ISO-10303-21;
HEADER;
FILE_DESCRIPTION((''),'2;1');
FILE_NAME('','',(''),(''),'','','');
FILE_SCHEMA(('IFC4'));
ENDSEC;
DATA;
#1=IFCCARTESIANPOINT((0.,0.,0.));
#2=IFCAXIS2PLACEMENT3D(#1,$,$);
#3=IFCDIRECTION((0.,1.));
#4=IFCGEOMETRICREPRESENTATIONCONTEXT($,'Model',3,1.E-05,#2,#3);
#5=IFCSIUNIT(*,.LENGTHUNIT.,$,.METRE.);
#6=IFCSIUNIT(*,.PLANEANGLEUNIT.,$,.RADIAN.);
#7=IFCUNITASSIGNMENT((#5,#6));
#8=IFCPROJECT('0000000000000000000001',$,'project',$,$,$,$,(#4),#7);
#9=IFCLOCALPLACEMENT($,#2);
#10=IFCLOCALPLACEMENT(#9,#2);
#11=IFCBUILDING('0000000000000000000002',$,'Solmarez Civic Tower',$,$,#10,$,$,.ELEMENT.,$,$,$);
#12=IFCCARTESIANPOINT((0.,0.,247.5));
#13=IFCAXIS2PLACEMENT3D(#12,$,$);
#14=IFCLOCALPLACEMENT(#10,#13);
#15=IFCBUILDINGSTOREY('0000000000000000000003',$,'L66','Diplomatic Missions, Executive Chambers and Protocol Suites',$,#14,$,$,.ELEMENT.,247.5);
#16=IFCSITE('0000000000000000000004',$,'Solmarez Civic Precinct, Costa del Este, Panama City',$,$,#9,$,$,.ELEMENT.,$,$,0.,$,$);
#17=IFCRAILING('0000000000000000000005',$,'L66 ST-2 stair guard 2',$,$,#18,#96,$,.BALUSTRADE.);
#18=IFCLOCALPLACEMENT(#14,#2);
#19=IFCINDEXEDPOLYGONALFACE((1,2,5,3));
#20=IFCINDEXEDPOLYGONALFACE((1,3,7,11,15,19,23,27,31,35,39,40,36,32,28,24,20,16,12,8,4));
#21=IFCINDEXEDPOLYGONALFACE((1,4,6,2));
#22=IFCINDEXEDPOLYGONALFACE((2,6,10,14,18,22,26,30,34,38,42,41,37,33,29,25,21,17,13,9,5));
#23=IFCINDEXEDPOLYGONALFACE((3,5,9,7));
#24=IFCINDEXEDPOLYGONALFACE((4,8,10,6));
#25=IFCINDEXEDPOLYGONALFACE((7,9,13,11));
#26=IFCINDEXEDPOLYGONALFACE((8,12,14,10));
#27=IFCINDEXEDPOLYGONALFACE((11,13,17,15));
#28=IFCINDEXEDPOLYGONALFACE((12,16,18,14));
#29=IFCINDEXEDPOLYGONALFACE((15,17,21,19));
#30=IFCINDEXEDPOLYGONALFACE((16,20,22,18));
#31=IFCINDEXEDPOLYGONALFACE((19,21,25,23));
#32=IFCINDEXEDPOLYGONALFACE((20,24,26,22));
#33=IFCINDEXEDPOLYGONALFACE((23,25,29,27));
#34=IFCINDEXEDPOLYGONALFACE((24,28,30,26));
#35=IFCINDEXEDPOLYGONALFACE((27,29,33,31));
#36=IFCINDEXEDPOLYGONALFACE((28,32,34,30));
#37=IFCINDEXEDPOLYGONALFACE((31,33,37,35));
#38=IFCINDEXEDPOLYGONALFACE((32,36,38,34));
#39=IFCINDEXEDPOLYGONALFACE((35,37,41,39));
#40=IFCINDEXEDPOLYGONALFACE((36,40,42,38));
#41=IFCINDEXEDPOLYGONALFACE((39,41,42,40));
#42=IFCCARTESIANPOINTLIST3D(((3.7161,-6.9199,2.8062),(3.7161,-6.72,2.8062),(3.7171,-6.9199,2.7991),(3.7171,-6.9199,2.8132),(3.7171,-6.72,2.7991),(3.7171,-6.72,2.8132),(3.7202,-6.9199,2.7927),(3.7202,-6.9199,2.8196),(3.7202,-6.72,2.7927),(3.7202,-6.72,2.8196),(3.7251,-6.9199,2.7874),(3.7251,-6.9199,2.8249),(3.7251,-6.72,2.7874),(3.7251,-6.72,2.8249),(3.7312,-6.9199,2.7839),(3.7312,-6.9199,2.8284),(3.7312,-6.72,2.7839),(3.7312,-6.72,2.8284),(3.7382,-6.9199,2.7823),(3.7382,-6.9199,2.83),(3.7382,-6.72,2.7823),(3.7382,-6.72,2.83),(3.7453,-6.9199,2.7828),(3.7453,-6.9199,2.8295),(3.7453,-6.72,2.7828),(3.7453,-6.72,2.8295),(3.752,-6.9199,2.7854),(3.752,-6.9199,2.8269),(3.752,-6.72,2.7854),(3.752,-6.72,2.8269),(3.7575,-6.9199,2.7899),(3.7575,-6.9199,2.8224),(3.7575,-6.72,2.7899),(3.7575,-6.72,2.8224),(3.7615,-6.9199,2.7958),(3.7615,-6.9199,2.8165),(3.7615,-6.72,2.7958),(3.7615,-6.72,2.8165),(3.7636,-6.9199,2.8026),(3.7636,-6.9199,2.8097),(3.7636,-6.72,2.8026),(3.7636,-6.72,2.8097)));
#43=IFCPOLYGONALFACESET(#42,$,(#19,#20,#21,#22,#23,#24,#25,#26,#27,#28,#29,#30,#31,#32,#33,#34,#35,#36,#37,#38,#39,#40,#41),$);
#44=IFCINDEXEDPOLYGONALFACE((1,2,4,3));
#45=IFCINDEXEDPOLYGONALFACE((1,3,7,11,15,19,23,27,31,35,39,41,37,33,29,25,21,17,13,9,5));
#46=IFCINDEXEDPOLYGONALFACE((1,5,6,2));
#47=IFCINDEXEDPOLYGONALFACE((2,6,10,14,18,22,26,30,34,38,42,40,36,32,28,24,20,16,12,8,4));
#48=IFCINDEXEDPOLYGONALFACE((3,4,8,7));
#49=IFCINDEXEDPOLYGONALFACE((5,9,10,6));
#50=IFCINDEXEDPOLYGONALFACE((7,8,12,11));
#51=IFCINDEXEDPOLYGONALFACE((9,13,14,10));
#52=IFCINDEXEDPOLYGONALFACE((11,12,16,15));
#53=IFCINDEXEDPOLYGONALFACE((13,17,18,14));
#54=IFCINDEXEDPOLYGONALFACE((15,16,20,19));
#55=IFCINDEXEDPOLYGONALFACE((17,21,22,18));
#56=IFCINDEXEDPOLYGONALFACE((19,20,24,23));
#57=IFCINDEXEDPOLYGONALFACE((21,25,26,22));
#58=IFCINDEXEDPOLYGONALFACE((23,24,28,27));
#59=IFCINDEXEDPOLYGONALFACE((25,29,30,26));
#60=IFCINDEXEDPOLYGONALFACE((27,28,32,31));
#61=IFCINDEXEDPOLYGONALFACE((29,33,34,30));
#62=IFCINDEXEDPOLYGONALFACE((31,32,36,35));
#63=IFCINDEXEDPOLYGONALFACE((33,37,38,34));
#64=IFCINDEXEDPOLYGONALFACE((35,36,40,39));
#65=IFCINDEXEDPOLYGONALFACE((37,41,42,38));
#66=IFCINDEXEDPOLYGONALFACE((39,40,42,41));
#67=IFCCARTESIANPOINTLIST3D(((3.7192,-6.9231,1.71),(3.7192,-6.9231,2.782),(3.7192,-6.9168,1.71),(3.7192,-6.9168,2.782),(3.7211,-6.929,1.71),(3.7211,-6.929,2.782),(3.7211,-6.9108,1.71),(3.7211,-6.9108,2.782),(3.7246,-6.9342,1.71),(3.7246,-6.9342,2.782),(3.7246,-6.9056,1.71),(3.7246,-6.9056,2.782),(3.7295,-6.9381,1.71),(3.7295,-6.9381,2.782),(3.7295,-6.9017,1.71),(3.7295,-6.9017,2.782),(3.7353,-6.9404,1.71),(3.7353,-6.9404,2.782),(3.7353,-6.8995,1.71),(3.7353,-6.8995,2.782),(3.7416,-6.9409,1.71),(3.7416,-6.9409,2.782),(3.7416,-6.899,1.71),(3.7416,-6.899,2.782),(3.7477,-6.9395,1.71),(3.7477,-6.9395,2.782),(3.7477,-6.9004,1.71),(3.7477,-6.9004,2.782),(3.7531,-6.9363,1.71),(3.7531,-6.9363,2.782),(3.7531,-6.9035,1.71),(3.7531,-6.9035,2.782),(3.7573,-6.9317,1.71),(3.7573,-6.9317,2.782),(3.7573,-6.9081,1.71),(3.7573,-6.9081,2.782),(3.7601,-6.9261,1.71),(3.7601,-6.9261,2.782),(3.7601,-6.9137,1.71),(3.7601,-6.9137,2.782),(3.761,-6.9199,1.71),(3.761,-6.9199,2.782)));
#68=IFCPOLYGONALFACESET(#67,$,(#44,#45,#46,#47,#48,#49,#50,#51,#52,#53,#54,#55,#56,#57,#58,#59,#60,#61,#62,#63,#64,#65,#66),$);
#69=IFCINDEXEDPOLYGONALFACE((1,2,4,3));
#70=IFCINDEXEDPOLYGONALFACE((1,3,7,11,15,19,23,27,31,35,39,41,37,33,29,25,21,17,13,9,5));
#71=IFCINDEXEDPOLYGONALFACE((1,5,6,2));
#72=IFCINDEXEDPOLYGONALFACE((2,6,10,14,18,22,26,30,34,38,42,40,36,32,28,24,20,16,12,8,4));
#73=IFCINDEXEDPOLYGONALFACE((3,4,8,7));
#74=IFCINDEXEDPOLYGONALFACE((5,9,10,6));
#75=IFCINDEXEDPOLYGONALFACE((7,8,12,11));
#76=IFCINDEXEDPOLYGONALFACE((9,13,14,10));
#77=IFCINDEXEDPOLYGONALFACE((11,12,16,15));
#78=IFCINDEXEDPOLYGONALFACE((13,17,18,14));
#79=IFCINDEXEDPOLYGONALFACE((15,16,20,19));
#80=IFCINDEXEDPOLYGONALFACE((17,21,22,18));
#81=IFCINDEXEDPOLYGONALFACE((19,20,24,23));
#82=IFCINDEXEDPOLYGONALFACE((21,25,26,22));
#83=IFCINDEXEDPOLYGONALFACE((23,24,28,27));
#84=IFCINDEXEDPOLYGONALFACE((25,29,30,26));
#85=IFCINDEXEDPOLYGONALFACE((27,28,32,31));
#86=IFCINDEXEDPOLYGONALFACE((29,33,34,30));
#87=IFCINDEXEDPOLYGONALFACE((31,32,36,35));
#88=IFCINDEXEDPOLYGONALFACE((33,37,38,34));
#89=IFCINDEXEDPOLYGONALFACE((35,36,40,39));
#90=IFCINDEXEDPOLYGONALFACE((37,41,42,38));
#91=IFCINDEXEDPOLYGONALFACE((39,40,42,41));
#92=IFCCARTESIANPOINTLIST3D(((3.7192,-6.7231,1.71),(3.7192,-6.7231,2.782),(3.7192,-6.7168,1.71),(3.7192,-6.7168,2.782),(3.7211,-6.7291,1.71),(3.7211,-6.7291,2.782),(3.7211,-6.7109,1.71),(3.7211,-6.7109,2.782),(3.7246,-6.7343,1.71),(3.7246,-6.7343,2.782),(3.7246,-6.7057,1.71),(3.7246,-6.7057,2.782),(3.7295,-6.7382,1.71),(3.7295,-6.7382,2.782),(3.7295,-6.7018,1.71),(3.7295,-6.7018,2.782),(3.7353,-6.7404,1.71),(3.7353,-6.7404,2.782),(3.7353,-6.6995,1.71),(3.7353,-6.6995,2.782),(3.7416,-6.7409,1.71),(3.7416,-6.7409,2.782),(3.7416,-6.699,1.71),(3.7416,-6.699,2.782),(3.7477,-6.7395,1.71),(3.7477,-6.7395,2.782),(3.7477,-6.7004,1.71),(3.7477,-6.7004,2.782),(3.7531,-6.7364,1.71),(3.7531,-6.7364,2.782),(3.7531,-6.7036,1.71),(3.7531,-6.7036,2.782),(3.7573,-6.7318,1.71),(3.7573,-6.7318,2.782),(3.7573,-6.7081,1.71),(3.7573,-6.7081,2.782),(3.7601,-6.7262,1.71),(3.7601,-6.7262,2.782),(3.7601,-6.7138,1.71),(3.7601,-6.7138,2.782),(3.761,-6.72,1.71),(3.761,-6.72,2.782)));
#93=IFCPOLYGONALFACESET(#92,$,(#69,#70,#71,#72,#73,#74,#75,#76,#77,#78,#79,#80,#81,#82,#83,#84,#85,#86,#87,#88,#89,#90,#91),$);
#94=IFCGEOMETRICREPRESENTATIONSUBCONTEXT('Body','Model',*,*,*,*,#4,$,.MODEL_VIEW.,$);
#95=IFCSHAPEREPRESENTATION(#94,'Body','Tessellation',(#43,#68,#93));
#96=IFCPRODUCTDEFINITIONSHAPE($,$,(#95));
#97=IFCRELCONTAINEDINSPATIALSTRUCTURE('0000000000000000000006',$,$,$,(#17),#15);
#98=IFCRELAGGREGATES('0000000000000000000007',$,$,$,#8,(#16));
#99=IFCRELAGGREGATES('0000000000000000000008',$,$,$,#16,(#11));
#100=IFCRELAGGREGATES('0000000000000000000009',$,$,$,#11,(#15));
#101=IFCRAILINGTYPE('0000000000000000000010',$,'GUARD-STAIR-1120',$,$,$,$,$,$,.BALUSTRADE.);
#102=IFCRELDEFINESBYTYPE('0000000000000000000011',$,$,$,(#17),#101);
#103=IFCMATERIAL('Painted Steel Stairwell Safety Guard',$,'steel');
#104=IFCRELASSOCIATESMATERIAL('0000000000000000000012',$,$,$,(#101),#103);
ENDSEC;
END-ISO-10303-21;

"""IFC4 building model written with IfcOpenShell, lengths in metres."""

from ifc_helpers import new_model, si_unit, direction, frame, origin, origin_2d, place, context, subcontext, project, spatial, circle, extrude, material, type_object, element, save


model = new_model("IFC4")

# Units and contexts
model_context = context("Model", 3, precision=1e-05, world=origin(), true_north=direction((0.0, 1.0)))
body_context = subcontext(model_context, "Body", "Model", "MODEL_VIEW")
ifc_project = project(units=[si_unit("LENGTHUNIT", "METRE"), si_unit("PLANEANGLEUNIT", "RADIAN")], contexts=[model_context])

# Site, building, storey
site_placement = place(None, origin())
site = spatial("IfcSite", under=ifc_project, at=site_placement, Name="Solmarez Civic Precinct, Costa del Este, Panama City", CompositionType="ELEMENT", RefElevation=0.0)
building_placement = place(site_placement, origin())
building = spatial("IfcBuilding", under=site, at=building_placement, Name="Solmarez Civic Tower", CompositionType="ELEMENT")
storey_placement = place(building_placement, frame((0.0, 0.0, 247.5)))
storey = spatial("IfcBuildingStorey", under=building, at=storey_placement, Name="L66", Description="Diplomatic Missions, Executive Chambers and Protocol Suites", CompositionType="ELEMENT", Elevation=247.5)

# Railing
ifc_material_1 = material(Name="Painted Steel Stairwell Safety Guard", Category="steel")
railing_type = type_object("IfcRailingType", Name="GUARD-STAIR-1120", PredefinedType="BALUSTRADE", material=ifc_material_1)
railing_1_placement = place(storey_placement, frame((3.74, -6.9199, 1.71)))
element("IfcRailing", 1, at=railing_1_placement, inside=storey, type_object=railing_type, Name="L66 ST-2 stair guard 2", PredefinedType="BALUSTRADE", context=body_context, shape_type="SweptSolid", body=[
    extrude(circle(Radius=0.0239, at=origin_2d()), frame((0.0, 0.0, 1.0962), z_axis=(0.0, 1.0, 0.0), x_axis=(-1.0, 0.0, 0.0)), (0.0, 0.0, 1.0), 0.2),
    extrude(circle(Radius=0.021, at=origin_2d()), origin(), (0.0, 0.0, 1.0), 1.072),
    extrude(circle(Radius=0.021, at=origin_2d()), frame((0.0, 0.2, 0.0)), (0.0, 0.0, 1.0), 1.072),
])

save(model, "model.ifc")
